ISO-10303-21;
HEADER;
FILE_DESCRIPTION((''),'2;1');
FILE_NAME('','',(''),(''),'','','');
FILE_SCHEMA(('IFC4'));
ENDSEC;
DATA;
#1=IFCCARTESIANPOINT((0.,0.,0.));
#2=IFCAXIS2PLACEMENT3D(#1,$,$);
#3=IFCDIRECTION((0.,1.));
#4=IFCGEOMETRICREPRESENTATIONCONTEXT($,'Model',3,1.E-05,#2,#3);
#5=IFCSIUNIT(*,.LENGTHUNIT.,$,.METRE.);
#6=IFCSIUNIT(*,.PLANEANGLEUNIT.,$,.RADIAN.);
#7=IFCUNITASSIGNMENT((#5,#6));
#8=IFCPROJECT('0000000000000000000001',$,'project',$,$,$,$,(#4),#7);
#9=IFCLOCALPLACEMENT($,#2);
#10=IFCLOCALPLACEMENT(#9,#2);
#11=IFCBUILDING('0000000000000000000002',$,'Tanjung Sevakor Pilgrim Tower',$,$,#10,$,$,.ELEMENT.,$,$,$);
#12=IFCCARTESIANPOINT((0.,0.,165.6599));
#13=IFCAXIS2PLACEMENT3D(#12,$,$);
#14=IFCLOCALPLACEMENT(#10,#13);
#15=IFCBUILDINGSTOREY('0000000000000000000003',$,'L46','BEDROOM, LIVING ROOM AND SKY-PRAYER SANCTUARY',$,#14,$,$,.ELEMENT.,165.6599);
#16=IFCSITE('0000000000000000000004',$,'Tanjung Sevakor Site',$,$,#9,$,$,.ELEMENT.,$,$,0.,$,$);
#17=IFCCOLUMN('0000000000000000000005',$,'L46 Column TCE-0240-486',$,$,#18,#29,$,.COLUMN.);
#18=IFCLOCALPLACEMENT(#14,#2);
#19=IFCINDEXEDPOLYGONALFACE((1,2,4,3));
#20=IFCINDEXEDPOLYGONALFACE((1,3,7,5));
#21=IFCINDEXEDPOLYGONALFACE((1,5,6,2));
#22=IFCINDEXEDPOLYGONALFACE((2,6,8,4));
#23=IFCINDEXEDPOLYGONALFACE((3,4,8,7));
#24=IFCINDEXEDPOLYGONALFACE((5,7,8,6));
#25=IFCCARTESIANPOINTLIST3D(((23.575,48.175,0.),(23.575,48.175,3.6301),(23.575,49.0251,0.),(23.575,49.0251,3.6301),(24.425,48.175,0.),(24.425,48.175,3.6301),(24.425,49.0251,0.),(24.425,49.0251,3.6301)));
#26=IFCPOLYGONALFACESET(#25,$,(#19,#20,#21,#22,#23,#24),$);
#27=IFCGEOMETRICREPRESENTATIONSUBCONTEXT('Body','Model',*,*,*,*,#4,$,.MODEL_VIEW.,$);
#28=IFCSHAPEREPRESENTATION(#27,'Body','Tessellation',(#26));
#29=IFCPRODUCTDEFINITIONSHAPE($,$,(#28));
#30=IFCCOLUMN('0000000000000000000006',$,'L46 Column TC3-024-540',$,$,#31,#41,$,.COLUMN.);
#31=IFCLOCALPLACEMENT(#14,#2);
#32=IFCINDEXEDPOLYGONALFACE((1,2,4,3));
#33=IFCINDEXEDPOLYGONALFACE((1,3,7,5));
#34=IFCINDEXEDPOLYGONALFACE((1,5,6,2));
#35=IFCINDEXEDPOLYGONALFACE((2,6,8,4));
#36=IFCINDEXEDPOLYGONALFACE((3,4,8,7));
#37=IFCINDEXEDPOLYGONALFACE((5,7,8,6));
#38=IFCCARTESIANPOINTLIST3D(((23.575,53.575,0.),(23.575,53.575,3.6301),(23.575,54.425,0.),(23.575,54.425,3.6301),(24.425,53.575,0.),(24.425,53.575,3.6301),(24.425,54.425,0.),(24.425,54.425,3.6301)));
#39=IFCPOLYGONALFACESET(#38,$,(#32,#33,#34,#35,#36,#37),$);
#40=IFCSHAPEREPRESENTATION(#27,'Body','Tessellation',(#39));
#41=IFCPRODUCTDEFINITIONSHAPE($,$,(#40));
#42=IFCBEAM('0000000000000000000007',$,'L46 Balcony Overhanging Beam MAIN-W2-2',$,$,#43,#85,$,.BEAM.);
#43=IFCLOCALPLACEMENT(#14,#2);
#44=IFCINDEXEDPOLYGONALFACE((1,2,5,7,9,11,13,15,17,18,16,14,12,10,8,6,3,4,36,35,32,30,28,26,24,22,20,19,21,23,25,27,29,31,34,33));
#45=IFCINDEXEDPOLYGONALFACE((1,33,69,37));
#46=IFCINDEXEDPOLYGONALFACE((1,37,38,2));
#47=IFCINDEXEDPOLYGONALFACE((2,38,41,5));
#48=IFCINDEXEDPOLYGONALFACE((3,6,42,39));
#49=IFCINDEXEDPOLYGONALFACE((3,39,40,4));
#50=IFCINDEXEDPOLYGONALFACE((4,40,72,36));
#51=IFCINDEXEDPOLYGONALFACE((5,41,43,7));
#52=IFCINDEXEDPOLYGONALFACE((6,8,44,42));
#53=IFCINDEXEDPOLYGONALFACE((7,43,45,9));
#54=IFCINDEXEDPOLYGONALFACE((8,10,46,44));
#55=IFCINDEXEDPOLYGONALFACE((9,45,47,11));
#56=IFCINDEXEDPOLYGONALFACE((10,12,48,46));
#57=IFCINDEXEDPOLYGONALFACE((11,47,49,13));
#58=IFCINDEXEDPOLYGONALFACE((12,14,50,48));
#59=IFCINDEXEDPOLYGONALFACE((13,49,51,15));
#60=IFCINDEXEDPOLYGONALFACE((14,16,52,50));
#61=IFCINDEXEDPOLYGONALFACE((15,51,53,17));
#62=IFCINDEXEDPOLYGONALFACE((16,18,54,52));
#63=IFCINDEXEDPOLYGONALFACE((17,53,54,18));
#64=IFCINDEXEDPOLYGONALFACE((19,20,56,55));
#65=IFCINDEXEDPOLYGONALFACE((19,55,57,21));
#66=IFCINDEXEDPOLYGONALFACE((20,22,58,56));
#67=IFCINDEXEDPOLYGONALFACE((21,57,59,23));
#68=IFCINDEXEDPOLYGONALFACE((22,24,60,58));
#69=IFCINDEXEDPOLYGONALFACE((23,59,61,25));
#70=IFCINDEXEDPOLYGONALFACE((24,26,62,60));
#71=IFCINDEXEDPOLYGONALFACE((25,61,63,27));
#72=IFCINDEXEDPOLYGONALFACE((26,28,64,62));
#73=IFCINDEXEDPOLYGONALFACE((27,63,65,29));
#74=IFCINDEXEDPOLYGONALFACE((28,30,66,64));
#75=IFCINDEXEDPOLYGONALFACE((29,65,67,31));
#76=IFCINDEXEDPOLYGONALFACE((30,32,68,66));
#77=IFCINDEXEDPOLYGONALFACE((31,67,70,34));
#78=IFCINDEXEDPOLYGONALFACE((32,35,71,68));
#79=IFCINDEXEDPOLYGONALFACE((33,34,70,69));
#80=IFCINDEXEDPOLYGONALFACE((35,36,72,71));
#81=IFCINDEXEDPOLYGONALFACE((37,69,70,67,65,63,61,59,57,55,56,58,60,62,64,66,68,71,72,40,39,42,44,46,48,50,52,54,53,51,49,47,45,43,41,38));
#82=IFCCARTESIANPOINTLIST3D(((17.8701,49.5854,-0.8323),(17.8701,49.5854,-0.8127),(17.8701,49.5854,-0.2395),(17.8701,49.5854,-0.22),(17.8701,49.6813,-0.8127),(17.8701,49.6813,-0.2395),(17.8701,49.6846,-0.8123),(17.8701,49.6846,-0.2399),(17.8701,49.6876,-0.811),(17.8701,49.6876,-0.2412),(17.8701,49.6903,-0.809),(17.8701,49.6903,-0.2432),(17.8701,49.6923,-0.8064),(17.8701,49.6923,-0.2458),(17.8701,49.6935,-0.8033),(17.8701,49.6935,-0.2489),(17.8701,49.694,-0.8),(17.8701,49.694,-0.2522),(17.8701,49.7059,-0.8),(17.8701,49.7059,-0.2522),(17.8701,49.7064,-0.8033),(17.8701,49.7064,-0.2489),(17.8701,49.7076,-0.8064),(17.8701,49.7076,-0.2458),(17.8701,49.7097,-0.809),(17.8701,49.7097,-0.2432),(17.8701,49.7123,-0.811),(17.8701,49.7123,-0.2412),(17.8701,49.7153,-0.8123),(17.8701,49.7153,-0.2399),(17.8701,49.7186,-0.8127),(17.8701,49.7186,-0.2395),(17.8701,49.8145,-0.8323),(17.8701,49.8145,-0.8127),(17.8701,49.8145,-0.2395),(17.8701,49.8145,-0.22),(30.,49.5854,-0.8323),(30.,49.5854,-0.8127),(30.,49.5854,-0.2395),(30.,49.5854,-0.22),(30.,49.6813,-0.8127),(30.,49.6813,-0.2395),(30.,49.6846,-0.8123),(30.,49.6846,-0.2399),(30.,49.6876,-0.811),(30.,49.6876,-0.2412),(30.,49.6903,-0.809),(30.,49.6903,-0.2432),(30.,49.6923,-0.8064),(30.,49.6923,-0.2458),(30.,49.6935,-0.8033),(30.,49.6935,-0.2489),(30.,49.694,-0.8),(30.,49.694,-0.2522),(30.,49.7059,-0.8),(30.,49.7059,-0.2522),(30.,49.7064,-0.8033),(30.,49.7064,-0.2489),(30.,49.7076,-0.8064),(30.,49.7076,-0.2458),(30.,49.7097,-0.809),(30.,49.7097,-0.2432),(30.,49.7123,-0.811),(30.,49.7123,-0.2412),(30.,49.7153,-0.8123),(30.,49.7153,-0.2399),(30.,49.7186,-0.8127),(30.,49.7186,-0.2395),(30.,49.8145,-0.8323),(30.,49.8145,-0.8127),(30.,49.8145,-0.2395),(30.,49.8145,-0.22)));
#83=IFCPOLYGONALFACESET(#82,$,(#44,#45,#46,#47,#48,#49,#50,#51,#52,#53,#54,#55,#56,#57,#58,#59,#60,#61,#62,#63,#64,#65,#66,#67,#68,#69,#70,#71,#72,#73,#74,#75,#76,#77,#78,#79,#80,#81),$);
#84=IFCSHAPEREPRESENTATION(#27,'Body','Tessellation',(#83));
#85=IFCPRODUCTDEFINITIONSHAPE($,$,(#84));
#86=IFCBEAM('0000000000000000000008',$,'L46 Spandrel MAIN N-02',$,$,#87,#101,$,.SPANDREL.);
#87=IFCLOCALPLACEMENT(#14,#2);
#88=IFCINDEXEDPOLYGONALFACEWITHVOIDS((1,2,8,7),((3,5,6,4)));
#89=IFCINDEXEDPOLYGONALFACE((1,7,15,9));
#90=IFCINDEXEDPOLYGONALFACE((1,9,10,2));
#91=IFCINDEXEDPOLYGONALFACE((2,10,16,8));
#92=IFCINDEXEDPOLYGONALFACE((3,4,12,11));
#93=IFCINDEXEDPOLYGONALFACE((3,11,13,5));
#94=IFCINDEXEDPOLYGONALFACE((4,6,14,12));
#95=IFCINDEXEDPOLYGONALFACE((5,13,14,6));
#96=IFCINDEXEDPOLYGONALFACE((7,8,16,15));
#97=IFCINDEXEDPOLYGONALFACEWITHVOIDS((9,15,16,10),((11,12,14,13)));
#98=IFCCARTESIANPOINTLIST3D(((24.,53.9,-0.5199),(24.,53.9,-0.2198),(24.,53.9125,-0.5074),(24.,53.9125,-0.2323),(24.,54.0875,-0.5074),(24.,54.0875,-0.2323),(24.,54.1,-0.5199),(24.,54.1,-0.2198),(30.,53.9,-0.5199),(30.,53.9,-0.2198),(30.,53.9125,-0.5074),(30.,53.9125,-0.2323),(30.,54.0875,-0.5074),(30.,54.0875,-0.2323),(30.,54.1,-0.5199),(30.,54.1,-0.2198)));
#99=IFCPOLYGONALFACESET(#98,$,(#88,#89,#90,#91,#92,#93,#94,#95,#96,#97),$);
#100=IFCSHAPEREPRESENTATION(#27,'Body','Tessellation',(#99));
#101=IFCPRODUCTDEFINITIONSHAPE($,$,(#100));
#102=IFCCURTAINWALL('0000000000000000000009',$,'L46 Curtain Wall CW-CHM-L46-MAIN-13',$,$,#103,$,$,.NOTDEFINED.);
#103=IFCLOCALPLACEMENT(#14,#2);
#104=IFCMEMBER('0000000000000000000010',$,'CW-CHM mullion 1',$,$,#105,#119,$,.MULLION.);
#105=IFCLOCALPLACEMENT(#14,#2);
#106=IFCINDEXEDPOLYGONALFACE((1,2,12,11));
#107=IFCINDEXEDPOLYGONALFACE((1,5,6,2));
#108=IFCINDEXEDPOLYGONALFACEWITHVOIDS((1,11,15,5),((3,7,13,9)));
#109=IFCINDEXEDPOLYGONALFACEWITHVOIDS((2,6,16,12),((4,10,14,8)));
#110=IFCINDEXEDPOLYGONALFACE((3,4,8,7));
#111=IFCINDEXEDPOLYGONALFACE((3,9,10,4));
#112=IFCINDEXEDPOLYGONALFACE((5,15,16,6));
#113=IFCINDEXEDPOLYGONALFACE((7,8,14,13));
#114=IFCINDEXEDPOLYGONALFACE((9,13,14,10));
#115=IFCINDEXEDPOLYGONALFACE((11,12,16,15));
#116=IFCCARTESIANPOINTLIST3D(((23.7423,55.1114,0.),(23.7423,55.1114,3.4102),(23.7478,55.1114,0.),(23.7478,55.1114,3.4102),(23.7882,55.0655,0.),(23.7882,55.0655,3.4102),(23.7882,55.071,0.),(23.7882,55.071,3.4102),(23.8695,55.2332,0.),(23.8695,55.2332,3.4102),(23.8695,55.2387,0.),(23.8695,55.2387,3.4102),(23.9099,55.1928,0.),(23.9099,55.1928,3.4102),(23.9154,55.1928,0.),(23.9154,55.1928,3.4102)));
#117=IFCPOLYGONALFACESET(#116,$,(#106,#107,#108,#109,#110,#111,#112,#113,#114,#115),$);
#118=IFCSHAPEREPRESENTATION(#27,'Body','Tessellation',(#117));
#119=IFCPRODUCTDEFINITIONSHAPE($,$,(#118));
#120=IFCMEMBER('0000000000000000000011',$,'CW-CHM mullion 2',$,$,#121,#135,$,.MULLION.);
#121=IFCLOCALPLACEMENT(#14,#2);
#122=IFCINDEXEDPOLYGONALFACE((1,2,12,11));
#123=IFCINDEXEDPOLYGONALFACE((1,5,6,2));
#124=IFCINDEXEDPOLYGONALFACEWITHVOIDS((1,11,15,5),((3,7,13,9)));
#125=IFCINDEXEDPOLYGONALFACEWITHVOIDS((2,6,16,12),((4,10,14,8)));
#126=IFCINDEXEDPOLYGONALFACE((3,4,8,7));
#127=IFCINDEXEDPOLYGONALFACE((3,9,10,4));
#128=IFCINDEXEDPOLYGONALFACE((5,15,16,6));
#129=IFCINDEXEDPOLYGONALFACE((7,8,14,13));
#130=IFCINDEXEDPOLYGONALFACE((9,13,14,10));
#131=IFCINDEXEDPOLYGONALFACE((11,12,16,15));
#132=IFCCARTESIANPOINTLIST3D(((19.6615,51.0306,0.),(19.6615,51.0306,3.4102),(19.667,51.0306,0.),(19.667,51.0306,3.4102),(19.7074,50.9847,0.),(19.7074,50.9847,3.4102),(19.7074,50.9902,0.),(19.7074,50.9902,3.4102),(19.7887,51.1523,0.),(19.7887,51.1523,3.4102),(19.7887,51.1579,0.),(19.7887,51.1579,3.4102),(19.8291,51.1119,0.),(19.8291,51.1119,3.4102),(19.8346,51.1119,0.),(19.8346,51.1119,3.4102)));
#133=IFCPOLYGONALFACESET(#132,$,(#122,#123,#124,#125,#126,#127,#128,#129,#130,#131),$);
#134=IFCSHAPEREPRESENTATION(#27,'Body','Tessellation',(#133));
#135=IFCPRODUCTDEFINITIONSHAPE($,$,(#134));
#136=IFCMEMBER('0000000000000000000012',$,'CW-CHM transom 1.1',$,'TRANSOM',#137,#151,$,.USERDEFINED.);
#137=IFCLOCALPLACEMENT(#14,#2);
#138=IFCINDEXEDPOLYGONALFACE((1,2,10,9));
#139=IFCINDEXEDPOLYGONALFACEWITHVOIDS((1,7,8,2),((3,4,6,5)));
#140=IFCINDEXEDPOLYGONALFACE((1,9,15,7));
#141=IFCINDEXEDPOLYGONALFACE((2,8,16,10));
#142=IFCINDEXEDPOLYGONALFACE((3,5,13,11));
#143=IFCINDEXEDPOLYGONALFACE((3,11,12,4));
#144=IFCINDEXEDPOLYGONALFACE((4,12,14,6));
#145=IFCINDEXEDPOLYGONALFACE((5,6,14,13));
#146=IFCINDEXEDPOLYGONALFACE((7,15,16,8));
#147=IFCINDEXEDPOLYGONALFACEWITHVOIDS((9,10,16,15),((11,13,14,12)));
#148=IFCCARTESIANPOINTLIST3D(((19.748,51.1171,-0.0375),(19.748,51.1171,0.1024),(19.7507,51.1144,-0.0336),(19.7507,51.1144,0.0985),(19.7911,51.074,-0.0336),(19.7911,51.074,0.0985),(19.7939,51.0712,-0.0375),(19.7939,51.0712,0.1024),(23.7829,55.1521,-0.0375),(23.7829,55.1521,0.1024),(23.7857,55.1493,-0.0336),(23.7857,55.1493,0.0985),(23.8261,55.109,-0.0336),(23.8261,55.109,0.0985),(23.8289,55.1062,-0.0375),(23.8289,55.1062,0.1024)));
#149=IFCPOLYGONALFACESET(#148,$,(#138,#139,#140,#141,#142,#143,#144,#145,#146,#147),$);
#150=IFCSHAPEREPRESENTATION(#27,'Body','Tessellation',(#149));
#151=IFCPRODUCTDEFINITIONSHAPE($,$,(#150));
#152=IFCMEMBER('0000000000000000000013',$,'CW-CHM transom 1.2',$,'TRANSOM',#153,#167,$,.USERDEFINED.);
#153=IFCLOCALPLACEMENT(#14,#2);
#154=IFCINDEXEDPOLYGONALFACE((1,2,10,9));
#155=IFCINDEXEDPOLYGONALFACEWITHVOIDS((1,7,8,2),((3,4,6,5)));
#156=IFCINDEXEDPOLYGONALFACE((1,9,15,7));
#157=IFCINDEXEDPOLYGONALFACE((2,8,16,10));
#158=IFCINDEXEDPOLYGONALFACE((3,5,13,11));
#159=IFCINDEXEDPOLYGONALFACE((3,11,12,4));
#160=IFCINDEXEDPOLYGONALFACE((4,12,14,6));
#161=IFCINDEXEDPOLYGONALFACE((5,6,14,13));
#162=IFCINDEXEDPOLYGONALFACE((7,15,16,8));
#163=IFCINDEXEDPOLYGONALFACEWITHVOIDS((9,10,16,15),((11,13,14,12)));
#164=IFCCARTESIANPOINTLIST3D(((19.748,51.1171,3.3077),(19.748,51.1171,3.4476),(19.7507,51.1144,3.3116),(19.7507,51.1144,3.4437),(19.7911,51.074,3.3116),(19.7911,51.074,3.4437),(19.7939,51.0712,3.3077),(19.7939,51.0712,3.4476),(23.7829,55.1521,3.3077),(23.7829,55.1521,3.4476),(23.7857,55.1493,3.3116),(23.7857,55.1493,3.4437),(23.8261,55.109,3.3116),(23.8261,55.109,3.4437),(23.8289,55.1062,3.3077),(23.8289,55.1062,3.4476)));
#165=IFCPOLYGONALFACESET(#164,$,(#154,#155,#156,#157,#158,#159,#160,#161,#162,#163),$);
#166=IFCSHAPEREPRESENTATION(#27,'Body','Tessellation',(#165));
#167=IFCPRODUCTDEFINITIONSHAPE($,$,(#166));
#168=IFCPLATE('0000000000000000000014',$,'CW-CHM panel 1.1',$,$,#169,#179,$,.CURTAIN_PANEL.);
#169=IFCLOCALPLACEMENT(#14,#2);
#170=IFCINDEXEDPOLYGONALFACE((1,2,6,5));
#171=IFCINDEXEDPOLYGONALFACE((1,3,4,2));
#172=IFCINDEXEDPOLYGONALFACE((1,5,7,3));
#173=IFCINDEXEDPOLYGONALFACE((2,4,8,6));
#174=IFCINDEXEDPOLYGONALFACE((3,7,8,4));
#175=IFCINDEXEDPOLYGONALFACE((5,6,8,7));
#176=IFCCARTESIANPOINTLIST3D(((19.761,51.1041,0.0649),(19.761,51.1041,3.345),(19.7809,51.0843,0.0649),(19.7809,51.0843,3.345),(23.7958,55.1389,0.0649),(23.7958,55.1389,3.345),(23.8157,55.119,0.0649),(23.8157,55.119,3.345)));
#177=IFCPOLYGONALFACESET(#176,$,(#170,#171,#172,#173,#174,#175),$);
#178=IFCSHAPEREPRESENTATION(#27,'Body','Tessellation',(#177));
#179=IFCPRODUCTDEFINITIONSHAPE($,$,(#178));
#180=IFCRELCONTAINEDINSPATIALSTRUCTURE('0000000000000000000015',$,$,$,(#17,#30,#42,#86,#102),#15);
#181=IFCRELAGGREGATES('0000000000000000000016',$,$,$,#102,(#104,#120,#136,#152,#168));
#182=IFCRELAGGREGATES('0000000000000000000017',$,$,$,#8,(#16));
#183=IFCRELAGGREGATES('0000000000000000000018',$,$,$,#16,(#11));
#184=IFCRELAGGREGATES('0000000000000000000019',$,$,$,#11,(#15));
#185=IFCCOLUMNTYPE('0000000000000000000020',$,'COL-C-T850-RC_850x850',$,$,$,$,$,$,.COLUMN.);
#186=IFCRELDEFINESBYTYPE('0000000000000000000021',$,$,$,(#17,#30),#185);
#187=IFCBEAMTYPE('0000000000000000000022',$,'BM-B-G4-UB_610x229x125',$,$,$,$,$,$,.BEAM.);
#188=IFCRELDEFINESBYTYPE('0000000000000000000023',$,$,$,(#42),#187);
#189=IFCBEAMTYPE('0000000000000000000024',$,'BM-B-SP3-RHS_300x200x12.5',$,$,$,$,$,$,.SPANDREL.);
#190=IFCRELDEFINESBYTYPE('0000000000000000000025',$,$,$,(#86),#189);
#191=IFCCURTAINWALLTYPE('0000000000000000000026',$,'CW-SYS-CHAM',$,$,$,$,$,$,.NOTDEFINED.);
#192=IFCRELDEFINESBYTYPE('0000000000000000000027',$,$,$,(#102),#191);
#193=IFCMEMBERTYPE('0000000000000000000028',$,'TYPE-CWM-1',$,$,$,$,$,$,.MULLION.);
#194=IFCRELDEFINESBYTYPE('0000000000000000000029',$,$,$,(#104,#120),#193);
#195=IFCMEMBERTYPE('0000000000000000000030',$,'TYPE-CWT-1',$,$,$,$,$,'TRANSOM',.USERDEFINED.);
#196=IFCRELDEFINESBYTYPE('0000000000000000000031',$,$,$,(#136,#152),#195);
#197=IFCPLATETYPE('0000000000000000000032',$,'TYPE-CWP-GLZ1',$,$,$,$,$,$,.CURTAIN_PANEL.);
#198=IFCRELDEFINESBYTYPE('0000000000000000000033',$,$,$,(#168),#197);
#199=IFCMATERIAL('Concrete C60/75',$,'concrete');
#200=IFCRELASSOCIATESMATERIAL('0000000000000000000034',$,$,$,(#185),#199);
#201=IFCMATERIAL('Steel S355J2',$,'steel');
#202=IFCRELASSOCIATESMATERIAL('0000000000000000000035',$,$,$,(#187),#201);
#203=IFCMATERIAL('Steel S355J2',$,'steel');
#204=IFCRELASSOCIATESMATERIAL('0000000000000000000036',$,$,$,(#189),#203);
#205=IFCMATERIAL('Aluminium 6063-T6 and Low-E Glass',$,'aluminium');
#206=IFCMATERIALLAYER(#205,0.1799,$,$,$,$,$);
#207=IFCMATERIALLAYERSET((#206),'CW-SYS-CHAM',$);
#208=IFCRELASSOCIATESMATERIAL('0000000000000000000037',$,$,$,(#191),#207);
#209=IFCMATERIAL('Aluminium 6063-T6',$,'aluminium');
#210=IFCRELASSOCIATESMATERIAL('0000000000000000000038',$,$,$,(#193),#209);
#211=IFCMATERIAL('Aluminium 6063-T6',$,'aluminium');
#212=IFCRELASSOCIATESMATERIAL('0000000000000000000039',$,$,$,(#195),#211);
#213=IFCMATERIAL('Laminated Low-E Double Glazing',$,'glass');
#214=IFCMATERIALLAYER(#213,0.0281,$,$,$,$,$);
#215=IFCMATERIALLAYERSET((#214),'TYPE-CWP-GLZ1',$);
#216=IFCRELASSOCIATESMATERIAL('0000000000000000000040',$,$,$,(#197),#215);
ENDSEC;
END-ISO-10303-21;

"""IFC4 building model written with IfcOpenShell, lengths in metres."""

from ifc_helpers import new_model, si_unit, direction, frame, origin, origin_2d, place, context, subcontext, project, spatial, rectangle, hollow_rectangle, i_section, extrude, material, layer, layer_set, material_profile, profile_set, type_object, element, aggregate, save


model = new_model("IFC4")

# Units and contexts
model_context = context("Model", 3, precision=1e-05, world=origin(), true_north=direction((0.0, 1.0)))
body_context = subcontext(model_context, "Body", "Model", "MODEL_VIEW")
ifc_project = project(units=[si_unit("LENGTHUNIT", "METRE"), si_unit("PLANEANGLEUNIT", "RADIAN")], contexts=[model_context])

# Site, building, storey
site_placement = place(None, origin())
site = spatial("IfcSite", under=ifc_project, at=site_placement, Name="Tanjung Sevakor Site", CompositionType="ELEMENT", RefElevation=0.0)
building_placement = place(site_placement, origin())
building = spatial("IfcBuilding", under=site, at=building_placement, Name="Tanjung Sevakor Pilgrim Tower", CompositionType="ELEMENT")
storey_placement = place(building_placement, frame((0.0, 0.0, 165.6599)))
storey = spatial("IfcBuildingStorey", under=building, at=storey_placement, Name="L46", Description="BEDROOM, LIVING ROOM AND SKY-PRAYER SANCTUARY", CompositionType="ELEMENT", Elevation=165.6599)

# Columns
ifc_material_1 = material(Name="Concrete C60/75", Category="concrete")
ifc_material_profile_1 = material_profile(ifc_material_1, rectangle(XDim=0.8501, YDim=0.8501, at=origin_2d()))
ifc_profile_set_1 = profile_set([ifc_material_profile_1], Name="Concrete C60/75")
column_type = type_object("IfcColumnType", Name="COL-C-T850-RC_850x850", PredefinedType="COLUMN", material=ifc_profile_set_1)
for number, where, z_axis, x_axis, name in (
    (1, (24.0, 48.6001, 0.0), (0.0, 0.0, 1.0), (1.0, 0.0, 0.0), "L46 Column TCE-0240-486"),
    (2, (24.0, 54.0, 0.0), (0.0, 0.0, 1.0), (1.0, 0.0, 0.0), "L46 Column TC3-024-540"),
):
    element("IfcColumn", number, at=place(storey_placement, frame(where, z_axis=z_axis, x_axis=x_axis)), inside=storey, type_object=column_type, Name=name, PredefinedType="COLUMN", context=body_context, shape_type="SweptSolid", body=[
        extrude(rectangle(XDim=0.8501, YDim=0.8501, at=origin_2d()), origin(), (0.0, 0.0, 1.0), 3.6301),
    ])

# Beams
ifc_material_2 = material(Name="Steel S355J2", Category="steel")
ifc_material_profile_2 = material_profile(ifc_material_2, i_section(OverallWidth=0.229, OverallDepth=0.6123, WebThickness=0.012, FlangeThickness=0.0195, FilletRadius=0.0127, at=origin_2d()))
ifc_profile_set_2 = profile_set([ifc_material_profile_2], Name="Steel S355J2")
beam_type_1 = type_object("IfcBeamType", Name="BM-B-G4-UB_610x229x125", PredefinedType="BEAM", material=ifc_profile_set_2)
beam_1_placement = place(storey_placement, frame((30.0, 49.7, -0.5261), z_axis=(-1.0, 0.0, 0.0), x_axis=(0.0, -1.0, 0.0)))
element("IfcBeam", 3, at=beam_1_placement, inside=storey, type_object=beam_type_1, Name="L46 Balcony Overhanging Beam MAIN-W2-2", PredefinedType="BEAM", context=body_context, shape_type="SweptSolid", body=[
    extrude(i_section(OverallWidth=0.229, OverallDepth=0.6123, WebThickness=0.012, FlangeThickness=0.0195, FilletRadius=0.0127, at=origin_2d()), origin(), (0.0, 0.0, 1.0), 12.1299),
])
ifc_material_3 = material(Name="Steel S355J2", Category="steel")
ifc_material_profile_3 = material_profile(ifc_material_3, hollow_rectangle(XDim=0.2, YDim=0.3, WallThickness=0.0125, at=origin_2d()))
ifc_profile_set_3 = profile_set([ifc_material_profile_3], Name="Steel S355J2")
beam_type_2 = type_object("IfcBeamType", Name="BM-B-SP3-RHS_300x200x12.5", PredefinedType="SPANDREL", material=ifc_profile_set_3)
beam_2_placement = place(storey_placement, frame((24.0, 54.0, -0.3699), z_axis=(1.0, 0.0, 0.0), x_axis=(0.0, 1.0, 0.0)))
element("IfcBeam", 4, at=beam_2_placement, inside=storey, type_object=beam_type_2, Name="L46 Spandrel MAIN N-02", PredefinedType="SPANDREL", context=body_context, shape_type="SweptSolid", body=[
    extrude(hollow_rectangle(XDim=0.2, YDim=0.3, WallThickness=0.0125, at=origin_2d()), origin(), (0.0, 0.0, 1.0), 6.0),
])

# Curtain wall, members, plate
ifc_material_4 = material(Name="Aluminium 6063-T6 and Low-E Glass", Category="aluminium")
ifc_layer_1 = layer(ifc_material_4, 0.1799)
ifc_layer_set_1 = layer_set([ifc_layer_1], Name="CW-SYS-CHAM")
curtain_wall_type = type_object("IfcCurtainWallType", Name="CW-SYS-CHAM", PredefinedType="NOTDEFINED", material=ifc_layer_set_1)
curtain_wall_placement = place(storey_placement, origin())
curtain_wall = element("IfcCurtainWall", 5, at=curtain_wall_placement, inside=storey, type_object=curtain_wall_type, Name="L46 Curtain Wall CW-CHM-L46-MAIN-13", PredefinedType="NOTDEFINED")
ifc_material_5 = material(Name="Aluminium 6063-T6", Category="aluminium")
ifc_material_profile_4 = material_profile(ifc_material_5, hollow_rectangle(XDim=0.0649, YDim=0.1799, WallThickness=0.0039, at=origin_2d()))
ifc_profile_set_4 = profile_set([ifc_material_profile_4], Name="Aluminium 6063-T6")
member_type_1 = type_object("IfcMemberType", Name="TYPE-CWM-1", PredefinedType="MULLION", material=ifc_profile_set_4)
member_1_placement = place(storey_placement, frame((23.8289, 55.1521, 0.0), z_axis=(0.0, 0.0, 1.0), x_axis=(0.707107, -0.707107, 0.0)))
member_1 = element("IfcMember", 6, at=member_1_placement, type_object=member_type_1, Name="CW-CHM mullion 1", PredefinedType="MULLION", context=body_context, shape_type="SweptSolid", body=[
    extrude(hollow_rectangle(XDim=0.0649, YDim=0.1799, WallThickness=0.0039, at=origin_2d()), origin(), (0.0, 0.0, 1.0), 3.4102),
])
member_2_placement = place(storey_placement, frame((19.748, 51.0713, 0.0), z_axis=(0.0, 0.0, 1.0), x_axis=(0.707107, -0.707107, 0.0)))
member_2 = element("IfcMember", 7, at=member_2_placement, type_object=member_type_1, Name="CW-CHM mullion 2", PredefinedType="MULLION", context=body_context, shape_type="SweptSolid", body=[
    extrude(hollow_rectangle(XDim=0.0649, YDim=0.1799, WallThickness=0.0039, at=origin_2d()), origin(), (0.0, 0.0, 1.0), 3.4102),
])
ifc_material_6 = material(Name="Aluminium 6063-T6", Category="aluminium")
ifc_material_profile_5 = material_profile(ifc_material_6, hollow_rectangle(XDim=0.0649, YDim=0.1399, WallThickness=0.0039, at=origin_2d()))
ifc_profile_set_5 = profile_set([ifc_material_profile_5], Name="Aluminium 6063-T6")
member_type_2 = type_object("IfcMemberType", Name="TYPE-CWT-1", ElementType="TRANSOM", PredefinedType="USERDEFINED", material=ifc_profile_set_5)
member_3_placement = place(storey_placement, frame((23.8059, 55.1292, 0.0325), z_axis=(-0.707107, -0.707107, 0.0), x_axis=(0.707107, -0.707107, 0.0)))
member_3 = element("IfcMember", 8, at=member_3_placement, type_object=member_type_2, Name="CW-CHM transom 1.1", ObjectType="TRANSOM", PredefinedType="USERDEFINED", context=body_context, shape_type="SweptSolid", body=[
    extrude(hollow_rectangle(XDim=0.0649, YDim=0.1399, WallThickness=0.0039, at=origin_2d()), origin(), (0.0, 0.0, 1.0), 5.7063),
])
member_4_placement = place(storey_placement, frame((23.8059, 55.1292, 3.3777), z_axis=(-0.707107, -0.707107, 0.0), x_axis=(0.707107, -0.707107, 0.0)))
member_4 = element("IfcMember", 9, at=member_4_placement, type_object=member_type_2, Name="CW-CHM transom 1.2", ObjectType="TRANSOM", PredefinedType="USERDEFINED", context=body_context, shape_type="SweptSolid", body=[
    extrude(hollow_rectangle(XDim=0.0649, YDim=0.1399, WallThickness=0.0039, at=origin_2d()), origin(), (0.0, 0.0, 1.0), 5.7063),
])
ifc_material_7 = material(Name="Laminated Low-E Double Glazing", Category="glass")
ifc_layer_2 = layer(ifc_material_7, 0.0281)
ifc_layer_set_2 = layer_set([ifc_layer_2], Name="TYPE-CWP-GLZ1")
plate_type = type_object("IfcPlateType", Name="TYPE-CWP-GLZ1", PredefinedType="CURTAIN_PANEL", material=ifc_layer_set_2)
plate_placement = place(storey_placement, frame((21.7883, 53.1116, 0.0649), z_axis=(0.0, 0.0, 1.0), x_axis=(-0.707107, -0.707107, 0.0)))
plate = element("IfcPlate", 10, at=plate_placement, type_object=plate_type, Name="CW-CHM panel 1.1", PredefinedType="CURTAIN_PANEL", context=body_context, shape_type="SweptSolid", body=[
    extrude(rectangle(XDim=5.7061, YDim=0.0281, at=origin_2d()), origin(), (0.0, 0.0, 1.0), 3.28),
])
aggregate(curtain_wall, [member_1, member_2, member_3, member_4, plate])

save(model, "model.ifc")
